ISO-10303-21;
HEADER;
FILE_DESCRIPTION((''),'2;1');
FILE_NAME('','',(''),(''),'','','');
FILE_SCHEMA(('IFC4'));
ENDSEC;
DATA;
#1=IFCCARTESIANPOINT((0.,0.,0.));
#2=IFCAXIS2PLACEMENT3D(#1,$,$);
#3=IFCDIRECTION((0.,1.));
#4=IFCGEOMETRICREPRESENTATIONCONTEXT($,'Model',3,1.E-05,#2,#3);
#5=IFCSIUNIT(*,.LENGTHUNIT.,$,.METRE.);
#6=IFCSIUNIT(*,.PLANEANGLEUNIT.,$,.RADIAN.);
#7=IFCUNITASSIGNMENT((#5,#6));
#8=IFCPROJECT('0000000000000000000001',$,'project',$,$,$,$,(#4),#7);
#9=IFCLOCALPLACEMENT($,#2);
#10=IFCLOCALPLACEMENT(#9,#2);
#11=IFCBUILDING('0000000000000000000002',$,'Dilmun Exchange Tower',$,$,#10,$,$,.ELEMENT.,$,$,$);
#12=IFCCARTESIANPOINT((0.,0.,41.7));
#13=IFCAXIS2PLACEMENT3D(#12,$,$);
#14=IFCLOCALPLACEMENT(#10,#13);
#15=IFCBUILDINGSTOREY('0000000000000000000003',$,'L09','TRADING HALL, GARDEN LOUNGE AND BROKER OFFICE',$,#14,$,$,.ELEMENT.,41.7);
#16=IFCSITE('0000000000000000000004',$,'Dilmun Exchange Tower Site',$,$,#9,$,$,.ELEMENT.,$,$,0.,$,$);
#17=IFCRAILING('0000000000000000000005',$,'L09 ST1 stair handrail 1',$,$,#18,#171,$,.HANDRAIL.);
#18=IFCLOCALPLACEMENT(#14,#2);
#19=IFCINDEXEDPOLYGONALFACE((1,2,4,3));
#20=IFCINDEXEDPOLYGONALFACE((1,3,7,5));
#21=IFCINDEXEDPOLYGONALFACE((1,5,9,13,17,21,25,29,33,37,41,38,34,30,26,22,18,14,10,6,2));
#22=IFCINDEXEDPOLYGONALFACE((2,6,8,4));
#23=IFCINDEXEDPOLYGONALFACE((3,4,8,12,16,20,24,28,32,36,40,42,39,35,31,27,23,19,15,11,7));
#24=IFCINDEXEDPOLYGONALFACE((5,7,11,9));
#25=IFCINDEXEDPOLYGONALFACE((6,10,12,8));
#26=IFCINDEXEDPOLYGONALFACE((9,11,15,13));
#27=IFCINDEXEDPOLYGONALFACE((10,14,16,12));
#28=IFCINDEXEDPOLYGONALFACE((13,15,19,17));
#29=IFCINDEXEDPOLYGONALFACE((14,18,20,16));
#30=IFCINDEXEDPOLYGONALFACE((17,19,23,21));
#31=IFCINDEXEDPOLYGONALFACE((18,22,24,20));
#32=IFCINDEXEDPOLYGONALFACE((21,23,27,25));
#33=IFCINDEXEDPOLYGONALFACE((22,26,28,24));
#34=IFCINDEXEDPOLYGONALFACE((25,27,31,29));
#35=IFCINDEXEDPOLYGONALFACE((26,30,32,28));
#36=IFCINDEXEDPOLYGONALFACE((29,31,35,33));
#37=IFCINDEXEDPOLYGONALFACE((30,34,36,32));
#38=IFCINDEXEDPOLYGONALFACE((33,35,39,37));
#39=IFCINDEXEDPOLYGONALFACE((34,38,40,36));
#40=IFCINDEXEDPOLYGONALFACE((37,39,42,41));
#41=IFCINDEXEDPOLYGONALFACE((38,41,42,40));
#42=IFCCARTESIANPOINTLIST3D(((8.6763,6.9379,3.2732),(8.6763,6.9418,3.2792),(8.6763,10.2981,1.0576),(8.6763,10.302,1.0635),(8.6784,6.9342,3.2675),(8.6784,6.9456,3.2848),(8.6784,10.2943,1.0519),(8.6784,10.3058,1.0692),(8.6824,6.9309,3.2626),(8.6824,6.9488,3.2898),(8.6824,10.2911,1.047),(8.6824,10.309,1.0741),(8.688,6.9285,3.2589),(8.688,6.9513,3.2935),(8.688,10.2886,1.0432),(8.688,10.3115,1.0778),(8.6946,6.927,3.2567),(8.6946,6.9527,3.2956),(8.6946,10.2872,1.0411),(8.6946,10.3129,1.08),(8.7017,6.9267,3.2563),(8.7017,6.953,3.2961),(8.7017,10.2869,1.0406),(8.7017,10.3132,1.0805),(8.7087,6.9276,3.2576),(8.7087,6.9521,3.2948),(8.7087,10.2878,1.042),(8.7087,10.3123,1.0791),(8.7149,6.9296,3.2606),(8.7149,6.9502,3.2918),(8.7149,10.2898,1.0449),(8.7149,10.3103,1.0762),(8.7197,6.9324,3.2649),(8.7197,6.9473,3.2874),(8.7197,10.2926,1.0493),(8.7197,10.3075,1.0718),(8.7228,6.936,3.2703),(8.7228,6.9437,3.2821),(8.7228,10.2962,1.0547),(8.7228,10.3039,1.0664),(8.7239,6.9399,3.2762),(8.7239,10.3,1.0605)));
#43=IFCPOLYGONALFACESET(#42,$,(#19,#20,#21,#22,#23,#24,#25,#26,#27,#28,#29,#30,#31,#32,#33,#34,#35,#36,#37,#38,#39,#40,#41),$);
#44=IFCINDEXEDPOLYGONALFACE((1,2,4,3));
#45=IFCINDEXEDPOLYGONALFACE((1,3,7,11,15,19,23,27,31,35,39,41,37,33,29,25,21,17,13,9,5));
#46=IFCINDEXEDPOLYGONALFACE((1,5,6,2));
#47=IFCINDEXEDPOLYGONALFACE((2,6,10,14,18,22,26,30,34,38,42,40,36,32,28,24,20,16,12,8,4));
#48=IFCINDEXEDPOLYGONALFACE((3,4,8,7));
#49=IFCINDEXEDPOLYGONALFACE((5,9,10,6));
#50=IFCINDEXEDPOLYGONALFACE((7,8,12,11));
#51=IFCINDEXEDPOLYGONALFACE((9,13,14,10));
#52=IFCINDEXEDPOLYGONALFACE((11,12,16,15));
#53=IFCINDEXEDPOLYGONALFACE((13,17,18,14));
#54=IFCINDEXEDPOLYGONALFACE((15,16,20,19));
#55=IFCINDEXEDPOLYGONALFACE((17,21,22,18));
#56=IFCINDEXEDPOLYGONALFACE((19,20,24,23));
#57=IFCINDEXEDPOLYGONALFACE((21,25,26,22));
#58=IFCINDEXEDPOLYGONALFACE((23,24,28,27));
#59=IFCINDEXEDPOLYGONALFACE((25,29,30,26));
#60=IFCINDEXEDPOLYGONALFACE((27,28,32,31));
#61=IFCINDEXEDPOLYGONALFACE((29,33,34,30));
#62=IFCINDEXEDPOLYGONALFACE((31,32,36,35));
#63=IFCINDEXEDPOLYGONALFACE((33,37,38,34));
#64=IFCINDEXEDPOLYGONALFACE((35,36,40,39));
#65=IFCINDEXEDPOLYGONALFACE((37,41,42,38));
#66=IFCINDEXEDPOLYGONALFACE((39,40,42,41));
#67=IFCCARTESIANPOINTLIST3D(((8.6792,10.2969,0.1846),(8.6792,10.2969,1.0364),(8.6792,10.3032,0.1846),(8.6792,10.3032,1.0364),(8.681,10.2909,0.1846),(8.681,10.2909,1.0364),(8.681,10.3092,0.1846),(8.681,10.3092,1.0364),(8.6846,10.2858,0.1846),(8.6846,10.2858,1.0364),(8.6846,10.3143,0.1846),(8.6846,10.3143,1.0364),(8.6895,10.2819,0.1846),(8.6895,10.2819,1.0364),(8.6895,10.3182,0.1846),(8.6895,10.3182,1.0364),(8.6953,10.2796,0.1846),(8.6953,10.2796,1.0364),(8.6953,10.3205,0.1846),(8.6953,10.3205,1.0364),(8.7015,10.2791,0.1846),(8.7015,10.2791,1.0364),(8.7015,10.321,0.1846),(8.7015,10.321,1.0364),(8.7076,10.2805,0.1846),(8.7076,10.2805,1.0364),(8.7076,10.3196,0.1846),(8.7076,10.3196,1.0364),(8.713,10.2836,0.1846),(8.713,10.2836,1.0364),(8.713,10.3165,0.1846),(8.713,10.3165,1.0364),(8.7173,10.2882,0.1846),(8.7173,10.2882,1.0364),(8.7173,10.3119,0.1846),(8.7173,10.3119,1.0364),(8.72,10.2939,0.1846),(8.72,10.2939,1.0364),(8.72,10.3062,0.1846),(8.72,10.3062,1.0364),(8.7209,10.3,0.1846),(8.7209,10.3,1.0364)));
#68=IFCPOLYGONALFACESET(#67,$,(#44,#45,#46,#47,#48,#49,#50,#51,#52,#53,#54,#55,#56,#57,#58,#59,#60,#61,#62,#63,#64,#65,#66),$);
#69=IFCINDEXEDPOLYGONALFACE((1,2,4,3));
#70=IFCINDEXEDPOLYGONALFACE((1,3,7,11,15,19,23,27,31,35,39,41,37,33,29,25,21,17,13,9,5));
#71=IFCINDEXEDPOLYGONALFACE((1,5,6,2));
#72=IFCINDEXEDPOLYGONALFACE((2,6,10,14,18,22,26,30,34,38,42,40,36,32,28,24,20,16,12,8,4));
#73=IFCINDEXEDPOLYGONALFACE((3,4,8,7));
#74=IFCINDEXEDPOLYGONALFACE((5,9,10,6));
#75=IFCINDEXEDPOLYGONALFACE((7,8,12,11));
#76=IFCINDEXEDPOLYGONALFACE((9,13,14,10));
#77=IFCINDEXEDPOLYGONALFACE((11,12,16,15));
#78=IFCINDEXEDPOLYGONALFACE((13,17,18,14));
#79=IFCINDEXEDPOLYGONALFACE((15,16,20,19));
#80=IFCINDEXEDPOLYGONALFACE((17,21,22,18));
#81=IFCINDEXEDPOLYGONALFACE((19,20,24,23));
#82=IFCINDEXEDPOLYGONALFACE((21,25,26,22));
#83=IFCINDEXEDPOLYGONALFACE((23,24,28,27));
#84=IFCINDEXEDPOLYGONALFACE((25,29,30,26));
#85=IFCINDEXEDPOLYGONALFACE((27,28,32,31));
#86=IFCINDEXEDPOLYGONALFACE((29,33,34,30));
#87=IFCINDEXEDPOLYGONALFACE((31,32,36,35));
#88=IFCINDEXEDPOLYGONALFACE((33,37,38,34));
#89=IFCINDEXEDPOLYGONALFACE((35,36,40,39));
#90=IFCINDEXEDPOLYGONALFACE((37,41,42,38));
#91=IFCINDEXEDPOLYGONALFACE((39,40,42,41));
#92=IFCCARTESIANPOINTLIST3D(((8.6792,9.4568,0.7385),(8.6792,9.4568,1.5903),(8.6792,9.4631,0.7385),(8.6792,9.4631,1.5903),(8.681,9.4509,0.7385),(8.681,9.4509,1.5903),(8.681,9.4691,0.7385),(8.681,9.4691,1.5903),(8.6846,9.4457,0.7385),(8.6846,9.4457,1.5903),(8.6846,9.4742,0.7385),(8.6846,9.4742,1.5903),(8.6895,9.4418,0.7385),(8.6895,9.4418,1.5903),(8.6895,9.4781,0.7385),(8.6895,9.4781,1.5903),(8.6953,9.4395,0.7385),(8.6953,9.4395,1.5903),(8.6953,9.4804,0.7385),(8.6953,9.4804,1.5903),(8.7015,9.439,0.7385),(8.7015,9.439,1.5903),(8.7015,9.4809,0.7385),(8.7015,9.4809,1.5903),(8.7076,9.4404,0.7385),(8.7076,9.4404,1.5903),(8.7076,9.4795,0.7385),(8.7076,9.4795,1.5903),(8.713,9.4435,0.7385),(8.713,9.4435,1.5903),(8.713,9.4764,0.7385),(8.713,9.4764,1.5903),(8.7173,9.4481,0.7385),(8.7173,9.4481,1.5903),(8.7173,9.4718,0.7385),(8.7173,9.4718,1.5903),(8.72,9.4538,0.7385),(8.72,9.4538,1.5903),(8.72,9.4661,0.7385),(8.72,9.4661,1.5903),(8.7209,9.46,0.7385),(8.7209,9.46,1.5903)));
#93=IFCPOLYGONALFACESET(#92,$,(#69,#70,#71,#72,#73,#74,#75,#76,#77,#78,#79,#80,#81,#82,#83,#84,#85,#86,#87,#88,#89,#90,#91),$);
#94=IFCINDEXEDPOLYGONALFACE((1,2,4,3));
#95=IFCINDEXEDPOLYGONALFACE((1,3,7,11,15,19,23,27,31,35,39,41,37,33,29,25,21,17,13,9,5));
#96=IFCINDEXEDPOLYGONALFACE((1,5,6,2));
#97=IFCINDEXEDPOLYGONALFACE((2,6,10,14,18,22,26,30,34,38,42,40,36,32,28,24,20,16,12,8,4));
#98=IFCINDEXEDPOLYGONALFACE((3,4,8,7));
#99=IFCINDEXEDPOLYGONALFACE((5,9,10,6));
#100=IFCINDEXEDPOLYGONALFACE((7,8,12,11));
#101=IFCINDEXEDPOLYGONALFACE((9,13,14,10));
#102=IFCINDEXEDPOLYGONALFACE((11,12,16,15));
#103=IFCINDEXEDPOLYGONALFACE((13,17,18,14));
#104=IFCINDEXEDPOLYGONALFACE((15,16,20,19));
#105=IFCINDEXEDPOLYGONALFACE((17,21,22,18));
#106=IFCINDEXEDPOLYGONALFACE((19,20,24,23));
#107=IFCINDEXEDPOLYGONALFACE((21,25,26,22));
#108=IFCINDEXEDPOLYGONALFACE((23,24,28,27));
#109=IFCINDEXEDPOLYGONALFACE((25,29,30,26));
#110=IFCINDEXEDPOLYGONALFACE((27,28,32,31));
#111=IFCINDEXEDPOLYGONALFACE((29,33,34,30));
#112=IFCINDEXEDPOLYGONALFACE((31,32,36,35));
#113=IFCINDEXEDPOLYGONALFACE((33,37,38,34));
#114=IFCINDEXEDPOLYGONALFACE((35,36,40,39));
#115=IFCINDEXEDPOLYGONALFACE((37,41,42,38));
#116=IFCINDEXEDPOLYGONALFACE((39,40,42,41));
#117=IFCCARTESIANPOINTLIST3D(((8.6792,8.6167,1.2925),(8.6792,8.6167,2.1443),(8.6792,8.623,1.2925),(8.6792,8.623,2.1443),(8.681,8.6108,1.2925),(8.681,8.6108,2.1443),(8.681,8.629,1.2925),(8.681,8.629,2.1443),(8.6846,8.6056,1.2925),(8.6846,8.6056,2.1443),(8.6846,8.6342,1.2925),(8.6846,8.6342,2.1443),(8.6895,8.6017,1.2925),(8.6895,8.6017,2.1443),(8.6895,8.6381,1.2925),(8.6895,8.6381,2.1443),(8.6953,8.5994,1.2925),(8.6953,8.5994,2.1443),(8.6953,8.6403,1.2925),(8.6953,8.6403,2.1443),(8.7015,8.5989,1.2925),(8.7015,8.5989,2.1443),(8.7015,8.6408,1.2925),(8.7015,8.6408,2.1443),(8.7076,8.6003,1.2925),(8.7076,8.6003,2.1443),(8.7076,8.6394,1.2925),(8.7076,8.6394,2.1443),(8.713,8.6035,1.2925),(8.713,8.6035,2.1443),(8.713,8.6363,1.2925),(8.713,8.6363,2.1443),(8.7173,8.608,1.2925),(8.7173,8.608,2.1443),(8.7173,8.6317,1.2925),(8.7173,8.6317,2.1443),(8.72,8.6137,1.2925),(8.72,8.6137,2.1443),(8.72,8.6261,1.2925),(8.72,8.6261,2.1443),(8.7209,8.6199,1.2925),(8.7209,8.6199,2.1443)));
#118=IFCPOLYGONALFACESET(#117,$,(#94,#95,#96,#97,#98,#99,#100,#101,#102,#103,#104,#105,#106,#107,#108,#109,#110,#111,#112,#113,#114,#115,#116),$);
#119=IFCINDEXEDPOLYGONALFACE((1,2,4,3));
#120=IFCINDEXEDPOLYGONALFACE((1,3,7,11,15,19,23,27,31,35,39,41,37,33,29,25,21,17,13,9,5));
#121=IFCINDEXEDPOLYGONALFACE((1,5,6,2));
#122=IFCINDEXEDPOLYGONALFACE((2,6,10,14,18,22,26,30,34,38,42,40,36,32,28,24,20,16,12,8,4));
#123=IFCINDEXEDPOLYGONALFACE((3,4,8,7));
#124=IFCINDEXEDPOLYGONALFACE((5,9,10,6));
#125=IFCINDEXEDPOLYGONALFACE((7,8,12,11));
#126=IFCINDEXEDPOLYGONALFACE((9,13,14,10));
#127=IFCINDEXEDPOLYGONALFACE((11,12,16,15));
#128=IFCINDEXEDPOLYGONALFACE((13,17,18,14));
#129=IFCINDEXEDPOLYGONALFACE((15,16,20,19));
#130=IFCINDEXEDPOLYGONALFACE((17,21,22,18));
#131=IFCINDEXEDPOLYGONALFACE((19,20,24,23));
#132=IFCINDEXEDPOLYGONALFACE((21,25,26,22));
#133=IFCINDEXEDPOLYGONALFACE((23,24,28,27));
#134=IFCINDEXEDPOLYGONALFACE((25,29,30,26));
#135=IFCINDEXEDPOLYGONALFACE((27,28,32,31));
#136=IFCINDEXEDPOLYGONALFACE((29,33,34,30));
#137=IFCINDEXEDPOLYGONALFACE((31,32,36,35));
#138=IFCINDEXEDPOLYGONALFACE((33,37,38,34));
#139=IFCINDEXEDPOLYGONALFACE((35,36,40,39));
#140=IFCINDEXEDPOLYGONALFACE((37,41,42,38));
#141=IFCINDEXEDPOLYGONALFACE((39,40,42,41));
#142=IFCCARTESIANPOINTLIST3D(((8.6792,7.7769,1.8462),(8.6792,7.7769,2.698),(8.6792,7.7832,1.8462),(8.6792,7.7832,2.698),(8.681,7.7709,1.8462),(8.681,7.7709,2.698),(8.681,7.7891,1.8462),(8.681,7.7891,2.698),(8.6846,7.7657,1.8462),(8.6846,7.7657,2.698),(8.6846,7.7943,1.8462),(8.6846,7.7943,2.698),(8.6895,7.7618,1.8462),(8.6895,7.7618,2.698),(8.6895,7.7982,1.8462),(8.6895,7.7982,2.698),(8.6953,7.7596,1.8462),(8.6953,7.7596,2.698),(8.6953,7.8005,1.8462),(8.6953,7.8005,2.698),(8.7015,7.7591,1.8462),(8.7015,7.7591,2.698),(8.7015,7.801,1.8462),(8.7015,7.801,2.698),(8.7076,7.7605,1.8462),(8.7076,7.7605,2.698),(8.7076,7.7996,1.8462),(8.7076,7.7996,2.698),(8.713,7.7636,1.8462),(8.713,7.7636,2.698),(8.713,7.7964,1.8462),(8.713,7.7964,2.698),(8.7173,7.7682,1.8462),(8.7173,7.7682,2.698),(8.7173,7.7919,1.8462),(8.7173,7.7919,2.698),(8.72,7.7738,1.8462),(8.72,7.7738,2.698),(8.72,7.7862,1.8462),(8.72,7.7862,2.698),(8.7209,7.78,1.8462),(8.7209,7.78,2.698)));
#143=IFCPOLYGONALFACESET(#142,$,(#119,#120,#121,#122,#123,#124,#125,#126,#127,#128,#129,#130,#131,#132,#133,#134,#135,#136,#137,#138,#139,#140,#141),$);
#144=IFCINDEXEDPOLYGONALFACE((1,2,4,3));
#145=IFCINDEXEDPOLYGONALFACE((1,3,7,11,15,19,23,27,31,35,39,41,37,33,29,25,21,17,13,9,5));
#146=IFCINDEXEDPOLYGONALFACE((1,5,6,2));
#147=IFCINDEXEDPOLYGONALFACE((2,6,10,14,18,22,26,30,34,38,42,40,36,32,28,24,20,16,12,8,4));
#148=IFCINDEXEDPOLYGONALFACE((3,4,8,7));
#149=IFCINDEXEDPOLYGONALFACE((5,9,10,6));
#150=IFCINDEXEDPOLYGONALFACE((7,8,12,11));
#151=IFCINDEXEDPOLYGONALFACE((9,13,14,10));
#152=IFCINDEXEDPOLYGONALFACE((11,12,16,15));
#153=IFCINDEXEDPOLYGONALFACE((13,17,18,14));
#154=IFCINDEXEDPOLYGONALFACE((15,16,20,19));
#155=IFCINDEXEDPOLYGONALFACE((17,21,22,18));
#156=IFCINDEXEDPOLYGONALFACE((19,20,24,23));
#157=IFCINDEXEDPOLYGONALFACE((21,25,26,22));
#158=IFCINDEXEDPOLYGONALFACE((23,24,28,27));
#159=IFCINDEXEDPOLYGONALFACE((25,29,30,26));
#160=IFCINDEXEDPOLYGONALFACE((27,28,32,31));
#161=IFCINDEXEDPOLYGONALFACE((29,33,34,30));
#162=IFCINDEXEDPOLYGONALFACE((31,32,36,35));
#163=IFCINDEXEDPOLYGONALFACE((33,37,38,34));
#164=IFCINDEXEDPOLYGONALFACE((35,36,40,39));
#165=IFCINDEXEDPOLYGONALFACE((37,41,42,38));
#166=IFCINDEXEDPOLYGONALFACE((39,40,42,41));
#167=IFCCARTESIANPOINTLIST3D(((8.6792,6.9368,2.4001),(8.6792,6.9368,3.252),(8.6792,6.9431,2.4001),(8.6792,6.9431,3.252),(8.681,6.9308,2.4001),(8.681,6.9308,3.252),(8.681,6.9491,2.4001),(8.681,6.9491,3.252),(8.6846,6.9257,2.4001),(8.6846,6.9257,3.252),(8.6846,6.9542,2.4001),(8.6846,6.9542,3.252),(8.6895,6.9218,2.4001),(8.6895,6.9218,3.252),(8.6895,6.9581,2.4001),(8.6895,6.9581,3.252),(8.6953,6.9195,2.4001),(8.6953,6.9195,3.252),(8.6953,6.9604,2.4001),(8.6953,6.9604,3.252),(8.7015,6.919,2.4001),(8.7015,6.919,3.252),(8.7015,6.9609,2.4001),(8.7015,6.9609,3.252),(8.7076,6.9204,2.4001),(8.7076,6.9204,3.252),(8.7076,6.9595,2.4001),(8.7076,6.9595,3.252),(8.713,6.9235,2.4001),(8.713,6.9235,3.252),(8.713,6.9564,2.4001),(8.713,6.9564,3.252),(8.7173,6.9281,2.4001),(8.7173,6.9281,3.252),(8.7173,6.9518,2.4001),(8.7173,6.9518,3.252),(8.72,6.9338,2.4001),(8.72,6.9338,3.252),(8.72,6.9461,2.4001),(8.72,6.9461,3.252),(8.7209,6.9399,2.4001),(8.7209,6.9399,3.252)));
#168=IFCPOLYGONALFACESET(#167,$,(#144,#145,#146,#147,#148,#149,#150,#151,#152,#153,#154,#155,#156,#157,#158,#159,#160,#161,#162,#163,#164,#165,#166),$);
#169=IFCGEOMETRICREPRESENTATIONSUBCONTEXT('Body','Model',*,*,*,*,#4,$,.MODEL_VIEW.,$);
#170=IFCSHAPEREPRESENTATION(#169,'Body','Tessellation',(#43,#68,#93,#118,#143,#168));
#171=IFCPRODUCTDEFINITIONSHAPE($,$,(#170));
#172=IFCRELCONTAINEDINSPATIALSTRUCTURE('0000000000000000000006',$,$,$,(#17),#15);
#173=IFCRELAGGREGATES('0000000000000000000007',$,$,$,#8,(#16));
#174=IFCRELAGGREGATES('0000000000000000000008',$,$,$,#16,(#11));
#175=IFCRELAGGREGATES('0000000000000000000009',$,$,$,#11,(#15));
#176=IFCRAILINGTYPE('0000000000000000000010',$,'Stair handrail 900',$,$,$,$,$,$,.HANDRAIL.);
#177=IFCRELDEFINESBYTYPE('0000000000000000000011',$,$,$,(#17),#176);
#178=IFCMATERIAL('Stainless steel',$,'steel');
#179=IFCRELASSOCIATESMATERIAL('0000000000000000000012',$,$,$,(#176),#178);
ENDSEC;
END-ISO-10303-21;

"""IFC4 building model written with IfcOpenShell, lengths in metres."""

from ifc_helpers import new_model, si_unit, direction, frame, origin, origin_2d, place, context, subcontext, project, spatial, circle, extrude, material, type_object, element, save


model = new_model("IFC4")

# Units and contexts
model_context = context("Model", 3, precision=1e-05, world=origin(), true_north=direction((0.0, 1.0)))
body_context = subcontext(model_context, "Body", "Model", "MODEL_VIEW")
ifc_project = project(units=[si_unit("LENGTHUNIT", "METRE"), si_unit("PLANEANGLEUNIT", "RADIAN")], contexts=[model_context])

# Site, building, storey
site_placement = place(None, origin())
site = spatial("IfcSite", under=ifc_project, at=site_placement, Name="Dilmun Exchange Tower Site", CompositionType="ELEMENT", RefElevation=0.0)
building_placement = place(site_placement, origin())
building = spatial("IfcBuilding", under=site, at=building_placement, Name="Dilmun Exchange Tower", CompositionType="ELEMENT")
storey_placement = place(building_placement, frame((0.0, 0.0, 41.7)))
storey = spatial("IfcBuildingStorey", under=building, at=storey_placement, Name="L09", Description="TRADING HALL, GARDEN LOUNGE AND BROKER OFFICE", CompositionType="ELEMENT", Elevation=41.7)

# Railing
ifc_material_1 = material(Name="Stainless steel", Category="steel")
railing_type = type_object("IfcRailingType", Name="Stair handrail 900", PredefinedType="HANDRAIL", material=ifc_material_1)
railing_1_placement = place(storey_placement, frame((8.7, 10.3, 0.1846)))
element("IfcRailing", 1, at=railing_1_placement, inside=storey, type_object=railing_type, Name="L09 ST1 stair handrail 1", PredefinedType="HANDRAIL", context=body_context, shape_type="SweptSolid", body=[
    extrude(circle(Radius=0.0239, at=origin_2d()), frame((0.0, 0.0, 0.876), z_axis=(0.0, -0.834849, 0.55048), x_axis=(1.0, 0.0, 0.0)), (0.0, 0.0, 1.0), 4.0249),
    extrude(circle(Radius=0.021, at=origin_2d()), origin(), (0.0, 0.0, 1.0), 0.8518),
    extrude(circle(Radius=0.021, at=origin_2d()), frame((0.0, -0.8401, 0.554)), (0.0, 0.0, 1.0), 0.8518),
    extrude(circle(Radius=0.021, at=origin_2d()), frame((0.0, -1.6802, 1.1079)), (0.0, 0.0, 1.0), 0.8518),
    extrude(circle(Radius=0.021, at=origin_2d()), frame((0.0, -2.52, 1.6616)), (0.0, 0.0, 1.0), 0.8518),
    extrude(circle(Radius=0.021, at=origin_2d()), frame((0.0, -3.3601, 2.2156)), (0.0, 0.0, 1.0), 0.8518),
])

save(model, "model.ifc")
